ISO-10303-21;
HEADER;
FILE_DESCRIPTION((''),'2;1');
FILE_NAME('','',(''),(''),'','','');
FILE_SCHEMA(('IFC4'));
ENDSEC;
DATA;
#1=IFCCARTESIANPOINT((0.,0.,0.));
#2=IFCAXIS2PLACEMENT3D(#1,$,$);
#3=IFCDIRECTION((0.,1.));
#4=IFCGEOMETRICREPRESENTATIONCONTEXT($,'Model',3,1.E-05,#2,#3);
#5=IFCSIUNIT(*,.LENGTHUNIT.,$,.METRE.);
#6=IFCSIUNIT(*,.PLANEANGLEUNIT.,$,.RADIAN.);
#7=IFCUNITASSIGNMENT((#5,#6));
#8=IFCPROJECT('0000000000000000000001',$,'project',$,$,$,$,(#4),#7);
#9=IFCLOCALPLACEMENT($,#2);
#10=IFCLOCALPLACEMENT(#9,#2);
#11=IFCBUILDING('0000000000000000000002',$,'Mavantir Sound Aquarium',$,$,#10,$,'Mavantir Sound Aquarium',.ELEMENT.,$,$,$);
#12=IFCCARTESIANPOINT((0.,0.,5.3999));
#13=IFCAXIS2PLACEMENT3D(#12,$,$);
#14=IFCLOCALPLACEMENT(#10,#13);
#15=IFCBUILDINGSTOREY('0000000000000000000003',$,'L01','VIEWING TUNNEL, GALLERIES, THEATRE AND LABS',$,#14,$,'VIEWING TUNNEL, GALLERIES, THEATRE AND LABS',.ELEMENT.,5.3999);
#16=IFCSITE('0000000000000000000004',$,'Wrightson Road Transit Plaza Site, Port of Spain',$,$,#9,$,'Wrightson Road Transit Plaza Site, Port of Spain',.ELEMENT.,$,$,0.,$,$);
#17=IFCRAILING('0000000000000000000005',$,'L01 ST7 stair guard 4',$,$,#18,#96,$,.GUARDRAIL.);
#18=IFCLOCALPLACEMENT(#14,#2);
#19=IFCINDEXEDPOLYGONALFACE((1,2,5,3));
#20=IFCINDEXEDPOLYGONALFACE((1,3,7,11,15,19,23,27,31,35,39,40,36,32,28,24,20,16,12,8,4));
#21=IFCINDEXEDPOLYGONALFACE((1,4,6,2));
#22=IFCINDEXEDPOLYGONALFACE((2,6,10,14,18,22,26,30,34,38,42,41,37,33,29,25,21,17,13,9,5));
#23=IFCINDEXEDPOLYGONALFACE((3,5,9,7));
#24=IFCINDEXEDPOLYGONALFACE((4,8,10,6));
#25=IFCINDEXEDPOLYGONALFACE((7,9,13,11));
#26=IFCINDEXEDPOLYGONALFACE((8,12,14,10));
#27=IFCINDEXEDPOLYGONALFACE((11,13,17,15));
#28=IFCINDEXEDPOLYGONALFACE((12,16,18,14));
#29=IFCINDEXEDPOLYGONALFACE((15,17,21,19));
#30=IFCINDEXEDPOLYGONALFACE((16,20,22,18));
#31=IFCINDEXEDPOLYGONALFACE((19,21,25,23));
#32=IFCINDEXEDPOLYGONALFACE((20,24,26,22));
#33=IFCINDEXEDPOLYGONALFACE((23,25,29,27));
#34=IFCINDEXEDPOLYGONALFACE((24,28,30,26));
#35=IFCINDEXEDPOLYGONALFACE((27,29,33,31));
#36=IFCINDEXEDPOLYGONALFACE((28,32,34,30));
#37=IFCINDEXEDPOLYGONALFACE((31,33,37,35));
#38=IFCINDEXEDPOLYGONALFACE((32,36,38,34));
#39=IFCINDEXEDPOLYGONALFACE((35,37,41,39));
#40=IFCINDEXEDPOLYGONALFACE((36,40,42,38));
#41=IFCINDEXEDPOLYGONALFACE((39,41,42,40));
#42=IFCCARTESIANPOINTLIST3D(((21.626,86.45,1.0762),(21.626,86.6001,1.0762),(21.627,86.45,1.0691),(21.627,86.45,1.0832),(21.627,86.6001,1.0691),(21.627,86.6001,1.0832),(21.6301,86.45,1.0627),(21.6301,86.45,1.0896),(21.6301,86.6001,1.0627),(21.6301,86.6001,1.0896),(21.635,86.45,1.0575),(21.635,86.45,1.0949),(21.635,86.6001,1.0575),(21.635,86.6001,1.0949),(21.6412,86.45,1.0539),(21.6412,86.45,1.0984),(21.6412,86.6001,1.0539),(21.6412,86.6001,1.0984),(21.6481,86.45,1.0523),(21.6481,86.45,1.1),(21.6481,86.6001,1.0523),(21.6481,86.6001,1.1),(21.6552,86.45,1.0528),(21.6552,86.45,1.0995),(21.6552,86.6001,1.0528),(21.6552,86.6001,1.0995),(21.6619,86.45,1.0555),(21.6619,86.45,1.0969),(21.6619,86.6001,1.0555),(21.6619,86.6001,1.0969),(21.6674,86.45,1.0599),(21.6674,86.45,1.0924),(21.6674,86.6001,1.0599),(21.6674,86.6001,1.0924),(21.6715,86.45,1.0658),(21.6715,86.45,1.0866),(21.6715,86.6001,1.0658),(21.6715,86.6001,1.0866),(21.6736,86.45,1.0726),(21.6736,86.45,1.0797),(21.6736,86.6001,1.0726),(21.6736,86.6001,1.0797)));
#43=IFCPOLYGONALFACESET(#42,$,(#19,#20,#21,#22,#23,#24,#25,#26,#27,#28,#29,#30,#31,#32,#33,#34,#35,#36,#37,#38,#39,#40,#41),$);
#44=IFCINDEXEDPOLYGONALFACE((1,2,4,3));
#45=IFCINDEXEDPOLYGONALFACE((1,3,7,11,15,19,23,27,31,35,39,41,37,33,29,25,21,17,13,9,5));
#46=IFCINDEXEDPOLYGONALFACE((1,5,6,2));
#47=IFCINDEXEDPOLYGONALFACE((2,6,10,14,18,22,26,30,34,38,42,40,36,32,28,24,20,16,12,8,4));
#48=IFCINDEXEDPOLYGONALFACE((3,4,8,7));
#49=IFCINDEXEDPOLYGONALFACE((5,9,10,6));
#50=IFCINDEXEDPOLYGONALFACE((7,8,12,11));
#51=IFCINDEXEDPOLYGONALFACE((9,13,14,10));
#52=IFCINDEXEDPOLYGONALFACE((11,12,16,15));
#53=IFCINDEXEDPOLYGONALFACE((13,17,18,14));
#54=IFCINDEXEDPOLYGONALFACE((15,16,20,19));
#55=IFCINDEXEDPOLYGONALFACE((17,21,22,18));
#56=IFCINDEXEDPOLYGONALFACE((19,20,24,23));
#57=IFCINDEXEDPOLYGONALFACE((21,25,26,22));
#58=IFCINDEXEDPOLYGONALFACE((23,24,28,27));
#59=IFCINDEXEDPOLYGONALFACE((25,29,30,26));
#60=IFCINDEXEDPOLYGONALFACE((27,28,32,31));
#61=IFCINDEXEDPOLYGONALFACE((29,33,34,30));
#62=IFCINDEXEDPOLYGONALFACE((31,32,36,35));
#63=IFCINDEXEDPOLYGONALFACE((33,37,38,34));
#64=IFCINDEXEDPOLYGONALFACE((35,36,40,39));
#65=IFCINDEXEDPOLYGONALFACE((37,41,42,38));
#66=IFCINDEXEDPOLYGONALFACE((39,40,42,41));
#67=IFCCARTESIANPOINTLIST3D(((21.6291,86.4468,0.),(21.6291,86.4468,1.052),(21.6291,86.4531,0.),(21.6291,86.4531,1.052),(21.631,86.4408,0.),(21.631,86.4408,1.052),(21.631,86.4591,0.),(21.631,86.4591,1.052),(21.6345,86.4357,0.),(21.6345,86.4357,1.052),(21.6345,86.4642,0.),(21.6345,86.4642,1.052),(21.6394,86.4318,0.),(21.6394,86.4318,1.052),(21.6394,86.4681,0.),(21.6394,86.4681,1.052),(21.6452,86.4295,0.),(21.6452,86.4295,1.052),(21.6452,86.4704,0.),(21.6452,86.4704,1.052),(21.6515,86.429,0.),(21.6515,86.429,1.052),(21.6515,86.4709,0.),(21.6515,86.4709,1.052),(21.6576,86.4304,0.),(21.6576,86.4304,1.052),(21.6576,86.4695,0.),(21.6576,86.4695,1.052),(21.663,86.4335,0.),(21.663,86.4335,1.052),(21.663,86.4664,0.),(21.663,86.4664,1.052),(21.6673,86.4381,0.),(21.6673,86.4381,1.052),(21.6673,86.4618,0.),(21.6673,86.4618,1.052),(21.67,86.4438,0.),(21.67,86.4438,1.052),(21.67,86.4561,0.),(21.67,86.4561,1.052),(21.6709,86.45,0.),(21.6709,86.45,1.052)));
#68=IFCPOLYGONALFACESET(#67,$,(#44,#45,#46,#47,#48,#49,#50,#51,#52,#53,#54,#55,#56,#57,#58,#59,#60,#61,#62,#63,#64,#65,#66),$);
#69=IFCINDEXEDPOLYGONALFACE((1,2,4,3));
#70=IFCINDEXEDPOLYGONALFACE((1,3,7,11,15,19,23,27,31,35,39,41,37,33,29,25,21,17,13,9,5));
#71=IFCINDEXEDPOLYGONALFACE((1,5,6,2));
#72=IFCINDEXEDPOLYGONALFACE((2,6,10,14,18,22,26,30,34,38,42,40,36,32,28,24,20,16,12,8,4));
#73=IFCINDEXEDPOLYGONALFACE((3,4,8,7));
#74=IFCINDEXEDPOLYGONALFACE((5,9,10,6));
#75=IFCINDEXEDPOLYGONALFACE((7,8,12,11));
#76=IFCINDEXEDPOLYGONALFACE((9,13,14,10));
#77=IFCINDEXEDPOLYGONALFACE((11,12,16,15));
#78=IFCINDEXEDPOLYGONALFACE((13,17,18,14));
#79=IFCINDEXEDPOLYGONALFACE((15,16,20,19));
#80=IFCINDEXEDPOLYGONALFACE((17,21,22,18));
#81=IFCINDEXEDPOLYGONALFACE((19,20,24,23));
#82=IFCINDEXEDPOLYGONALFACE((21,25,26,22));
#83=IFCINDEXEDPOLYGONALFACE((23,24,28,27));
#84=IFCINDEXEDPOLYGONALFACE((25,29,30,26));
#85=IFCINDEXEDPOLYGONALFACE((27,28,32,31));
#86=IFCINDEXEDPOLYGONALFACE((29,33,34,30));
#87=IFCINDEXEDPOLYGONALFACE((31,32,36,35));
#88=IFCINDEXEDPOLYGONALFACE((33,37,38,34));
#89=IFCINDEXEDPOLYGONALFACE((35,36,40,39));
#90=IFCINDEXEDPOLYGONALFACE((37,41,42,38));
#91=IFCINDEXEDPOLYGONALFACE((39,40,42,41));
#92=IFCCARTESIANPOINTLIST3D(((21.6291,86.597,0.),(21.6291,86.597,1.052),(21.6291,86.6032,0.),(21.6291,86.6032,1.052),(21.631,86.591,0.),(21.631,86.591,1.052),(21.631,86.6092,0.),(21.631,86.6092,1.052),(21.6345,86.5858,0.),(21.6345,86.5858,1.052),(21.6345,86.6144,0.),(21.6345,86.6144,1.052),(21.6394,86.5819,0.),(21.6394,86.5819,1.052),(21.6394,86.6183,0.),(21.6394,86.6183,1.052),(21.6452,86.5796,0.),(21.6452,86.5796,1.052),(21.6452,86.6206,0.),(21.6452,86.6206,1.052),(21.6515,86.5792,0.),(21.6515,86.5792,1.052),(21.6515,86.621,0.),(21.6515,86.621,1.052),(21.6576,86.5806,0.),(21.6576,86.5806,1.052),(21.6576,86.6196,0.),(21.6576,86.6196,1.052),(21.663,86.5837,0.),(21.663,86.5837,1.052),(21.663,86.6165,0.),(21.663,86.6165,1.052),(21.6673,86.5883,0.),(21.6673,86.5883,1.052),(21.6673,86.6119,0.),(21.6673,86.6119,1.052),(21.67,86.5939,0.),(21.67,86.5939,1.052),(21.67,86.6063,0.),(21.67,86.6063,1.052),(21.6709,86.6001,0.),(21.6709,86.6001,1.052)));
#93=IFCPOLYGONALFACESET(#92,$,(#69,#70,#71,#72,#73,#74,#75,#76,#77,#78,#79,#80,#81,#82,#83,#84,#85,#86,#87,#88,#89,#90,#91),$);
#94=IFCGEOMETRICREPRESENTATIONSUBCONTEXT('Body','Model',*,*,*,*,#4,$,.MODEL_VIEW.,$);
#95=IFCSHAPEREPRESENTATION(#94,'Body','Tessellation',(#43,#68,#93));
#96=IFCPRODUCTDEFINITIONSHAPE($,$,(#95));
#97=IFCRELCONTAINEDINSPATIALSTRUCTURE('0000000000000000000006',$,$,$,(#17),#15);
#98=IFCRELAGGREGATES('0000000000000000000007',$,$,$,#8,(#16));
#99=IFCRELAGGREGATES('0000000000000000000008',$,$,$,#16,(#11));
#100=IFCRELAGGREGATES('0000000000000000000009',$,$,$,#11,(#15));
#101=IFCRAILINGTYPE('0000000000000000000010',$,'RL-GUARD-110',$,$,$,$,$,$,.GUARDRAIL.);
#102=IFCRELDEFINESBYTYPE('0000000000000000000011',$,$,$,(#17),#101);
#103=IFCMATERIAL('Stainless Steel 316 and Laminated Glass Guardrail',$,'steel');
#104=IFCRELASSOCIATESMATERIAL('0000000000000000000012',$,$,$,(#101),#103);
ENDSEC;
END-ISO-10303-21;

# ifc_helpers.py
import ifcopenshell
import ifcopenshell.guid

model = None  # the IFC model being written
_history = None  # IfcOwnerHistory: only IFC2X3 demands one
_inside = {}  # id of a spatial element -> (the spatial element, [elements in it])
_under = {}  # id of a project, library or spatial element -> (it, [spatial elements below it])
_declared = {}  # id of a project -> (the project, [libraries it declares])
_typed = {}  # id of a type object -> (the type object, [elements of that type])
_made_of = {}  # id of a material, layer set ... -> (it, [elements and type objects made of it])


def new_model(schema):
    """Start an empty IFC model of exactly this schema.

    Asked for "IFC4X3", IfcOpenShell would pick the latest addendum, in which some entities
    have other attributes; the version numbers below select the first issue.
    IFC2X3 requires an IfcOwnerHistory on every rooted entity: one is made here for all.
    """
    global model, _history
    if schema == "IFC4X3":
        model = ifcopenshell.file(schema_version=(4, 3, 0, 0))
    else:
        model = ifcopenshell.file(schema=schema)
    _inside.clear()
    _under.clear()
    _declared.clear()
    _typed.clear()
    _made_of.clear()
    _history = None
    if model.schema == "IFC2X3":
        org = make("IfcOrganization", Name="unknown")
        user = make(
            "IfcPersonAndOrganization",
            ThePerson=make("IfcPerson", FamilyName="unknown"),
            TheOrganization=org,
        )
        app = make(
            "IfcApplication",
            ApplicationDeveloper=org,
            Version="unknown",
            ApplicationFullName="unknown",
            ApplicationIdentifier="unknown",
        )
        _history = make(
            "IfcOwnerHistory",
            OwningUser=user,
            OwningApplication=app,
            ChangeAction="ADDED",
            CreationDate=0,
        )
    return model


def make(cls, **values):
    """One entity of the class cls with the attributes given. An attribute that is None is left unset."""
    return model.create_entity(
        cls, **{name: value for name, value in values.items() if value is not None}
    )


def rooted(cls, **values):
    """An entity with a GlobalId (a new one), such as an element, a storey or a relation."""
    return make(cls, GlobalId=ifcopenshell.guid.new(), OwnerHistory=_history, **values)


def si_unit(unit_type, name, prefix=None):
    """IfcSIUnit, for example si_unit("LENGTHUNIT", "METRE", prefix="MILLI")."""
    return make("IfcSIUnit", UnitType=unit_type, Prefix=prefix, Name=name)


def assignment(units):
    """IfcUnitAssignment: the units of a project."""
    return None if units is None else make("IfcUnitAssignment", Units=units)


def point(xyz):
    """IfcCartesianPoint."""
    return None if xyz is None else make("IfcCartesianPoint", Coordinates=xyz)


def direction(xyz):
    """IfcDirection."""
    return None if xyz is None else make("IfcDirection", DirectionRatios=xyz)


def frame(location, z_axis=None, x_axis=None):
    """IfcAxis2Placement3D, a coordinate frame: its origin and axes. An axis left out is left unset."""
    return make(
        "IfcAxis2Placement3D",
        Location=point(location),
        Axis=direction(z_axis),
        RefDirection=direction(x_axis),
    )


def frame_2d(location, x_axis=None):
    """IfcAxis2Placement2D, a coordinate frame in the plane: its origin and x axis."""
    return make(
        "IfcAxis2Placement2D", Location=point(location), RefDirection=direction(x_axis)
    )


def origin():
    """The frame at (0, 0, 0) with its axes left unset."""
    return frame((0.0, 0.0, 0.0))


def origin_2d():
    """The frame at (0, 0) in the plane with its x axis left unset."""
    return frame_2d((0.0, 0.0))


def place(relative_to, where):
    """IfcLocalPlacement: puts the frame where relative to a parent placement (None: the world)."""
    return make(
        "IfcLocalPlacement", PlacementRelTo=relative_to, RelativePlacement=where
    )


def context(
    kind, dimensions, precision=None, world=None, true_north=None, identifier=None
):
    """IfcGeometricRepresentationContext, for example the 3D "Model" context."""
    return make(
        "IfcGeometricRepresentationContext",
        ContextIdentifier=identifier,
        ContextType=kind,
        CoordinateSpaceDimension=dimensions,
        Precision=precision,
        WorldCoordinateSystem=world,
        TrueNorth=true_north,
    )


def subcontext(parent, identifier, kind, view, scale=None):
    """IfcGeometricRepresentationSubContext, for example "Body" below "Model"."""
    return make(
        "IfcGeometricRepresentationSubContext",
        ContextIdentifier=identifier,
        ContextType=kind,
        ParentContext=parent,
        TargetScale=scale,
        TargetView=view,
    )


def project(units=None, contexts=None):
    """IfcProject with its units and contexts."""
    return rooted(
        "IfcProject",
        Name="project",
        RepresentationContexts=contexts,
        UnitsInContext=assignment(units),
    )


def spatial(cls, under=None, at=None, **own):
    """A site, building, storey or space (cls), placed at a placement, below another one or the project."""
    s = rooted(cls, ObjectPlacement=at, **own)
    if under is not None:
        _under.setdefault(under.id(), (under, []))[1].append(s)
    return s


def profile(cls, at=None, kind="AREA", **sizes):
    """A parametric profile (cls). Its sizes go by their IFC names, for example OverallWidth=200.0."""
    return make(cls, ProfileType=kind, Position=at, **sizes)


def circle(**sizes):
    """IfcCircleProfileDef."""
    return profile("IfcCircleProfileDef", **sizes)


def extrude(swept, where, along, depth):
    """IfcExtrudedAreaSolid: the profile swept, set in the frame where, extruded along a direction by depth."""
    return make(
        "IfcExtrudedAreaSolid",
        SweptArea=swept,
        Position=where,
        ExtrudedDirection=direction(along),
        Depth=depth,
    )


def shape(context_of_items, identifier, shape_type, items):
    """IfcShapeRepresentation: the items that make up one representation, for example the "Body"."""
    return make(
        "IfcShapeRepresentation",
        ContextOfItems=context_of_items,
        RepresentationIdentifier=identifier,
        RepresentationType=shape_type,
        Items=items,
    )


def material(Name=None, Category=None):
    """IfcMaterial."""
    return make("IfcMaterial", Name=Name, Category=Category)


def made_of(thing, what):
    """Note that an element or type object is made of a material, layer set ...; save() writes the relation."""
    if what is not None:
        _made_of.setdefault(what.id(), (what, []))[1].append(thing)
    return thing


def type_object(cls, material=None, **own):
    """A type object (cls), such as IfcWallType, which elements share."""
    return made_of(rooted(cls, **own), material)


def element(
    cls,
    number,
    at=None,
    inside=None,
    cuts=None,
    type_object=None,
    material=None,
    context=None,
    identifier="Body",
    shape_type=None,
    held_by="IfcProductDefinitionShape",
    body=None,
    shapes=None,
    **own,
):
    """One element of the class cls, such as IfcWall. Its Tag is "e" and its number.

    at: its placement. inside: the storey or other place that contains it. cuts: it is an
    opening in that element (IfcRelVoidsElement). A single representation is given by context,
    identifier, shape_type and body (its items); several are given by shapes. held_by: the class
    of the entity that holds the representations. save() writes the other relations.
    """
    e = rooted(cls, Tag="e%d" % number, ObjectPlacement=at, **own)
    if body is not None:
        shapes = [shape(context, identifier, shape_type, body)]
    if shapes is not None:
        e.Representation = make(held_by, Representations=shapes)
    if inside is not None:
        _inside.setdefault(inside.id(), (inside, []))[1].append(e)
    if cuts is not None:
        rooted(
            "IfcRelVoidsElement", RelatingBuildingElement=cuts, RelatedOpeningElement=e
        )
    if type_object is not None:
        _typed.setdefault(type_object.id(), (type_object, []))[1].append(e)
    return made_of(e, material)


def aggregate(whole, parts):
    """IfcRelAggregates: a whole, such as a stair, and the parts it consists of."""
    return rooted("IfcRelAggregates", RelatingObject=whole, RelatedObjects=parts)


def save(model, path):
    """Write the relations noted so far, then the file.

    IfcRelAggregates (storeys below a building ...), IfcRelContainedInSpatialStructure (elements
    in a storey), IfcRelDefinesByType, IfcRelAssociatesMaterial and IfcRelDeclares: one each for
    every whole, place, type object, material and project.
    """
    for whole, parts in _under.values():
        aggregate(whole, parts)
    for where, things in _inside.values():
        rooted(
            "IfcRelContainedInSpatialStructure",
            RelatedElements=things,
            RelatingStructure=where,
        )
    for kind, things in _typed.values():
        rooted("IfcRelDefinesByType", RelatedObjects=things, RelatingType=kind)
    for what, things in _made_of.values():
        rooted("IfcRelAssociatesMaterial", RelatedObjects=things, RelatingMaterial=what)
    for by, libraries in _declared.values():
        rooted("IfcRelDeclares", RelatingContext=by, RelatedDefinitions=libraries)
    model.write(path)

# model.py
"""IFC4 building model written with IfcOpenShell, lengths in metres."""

from ifc_helpers import new_model, si_unit, direction, frame, origin, origin_2d, place, context, subcontext, project, spatial, circle, extrude, material, type_object, element, save


model = new_model("IFC4")

# Units and contexts
model_context = context("Model", 3, precision=1e-05, world=origin(), true_north=direction((0.0, 1.0)))
body_context = subcontext(model_context, "Body", "Model", "MODEL_VIEW")
ifc_project = project(units=[si_unit("LENGTHUNIT", "METRE"), si_unit("PLANEANGLEUNIT", "RADIAN")], contexts=[model_context])

# Site, building, storey
site_placement = place(None, origin())
site = spatial("IfcSite", under=ifc_project, at=site_placement, Name="Wrightson Road Transit Plaza Site, Port of Spain", LongName="Wrightson Road Transit Plaza Site, Port of Spain", CompositionType="ELEMENT", RefElevation=0.0)
building_placement = place(site_placement, origin())
building = spatial("IfcBuilding", under=site, at=building_placement, Name="Mavantir Sound Aquarium", LongName="Mavantir Sound Aquarium", CompositionType="ELEMENT")
storey_placement = place(building_placement, frame((0.0, 0.0, 5.3999)))
storey = spatial("IfcBuildingStorey", under=building, at=storey_placement, Name="L01", Description="VIEWING TUNNEL, GALLERIES, THEATRE AND LABS", LongName="VIEWING TUNNEL, GALLERIES, THEATRE AND LABS", CompositionType="ELEMENT", Elevation=5.3999)

# Railing
ifc_material_1 = material(Name="Stainless Steel 316 and Laminated Glass Guardrail", Category="steel")
railing_type_1 = type_object("IfcRailingType", Name="RL-GUARD-110", PredefinedType="GUARDRAIL", material=ifc_material_1)
railing_1_placement = place(storey_placement, frame((21.6499, 86.45, 0.0)))
element("IfcRailing", 1, at=railing_1_placement, inside=storey, type_object=railing_type_1, Name="L01 ST7 stair guard 4", PredefinedType="GUARDRAIL", context=body_context, shape_type="SweptSolid", body=[
    extrude(circle(Radius=0.0239, at=origin_2d()), frame((0.0, 0.0, 1.0762), z_axis=(0.0, 1.0, 0.0), x_axis=(-1.0, 0.0, 0.0)), (0.0, 0.0, 1.0), 0.1501),
    extrude(circle(Radius=0.021, at=origin_2d()), origin(), (0.0, 0.0, 1.0), 1.052),
    extrude(circle(Radius=0.021, at=origin_2d()), frame((0.0, 0.1501, 0.0)), (0.0, 0.0, 1.0), 1.052),
])

save(model, "model.ifc")
